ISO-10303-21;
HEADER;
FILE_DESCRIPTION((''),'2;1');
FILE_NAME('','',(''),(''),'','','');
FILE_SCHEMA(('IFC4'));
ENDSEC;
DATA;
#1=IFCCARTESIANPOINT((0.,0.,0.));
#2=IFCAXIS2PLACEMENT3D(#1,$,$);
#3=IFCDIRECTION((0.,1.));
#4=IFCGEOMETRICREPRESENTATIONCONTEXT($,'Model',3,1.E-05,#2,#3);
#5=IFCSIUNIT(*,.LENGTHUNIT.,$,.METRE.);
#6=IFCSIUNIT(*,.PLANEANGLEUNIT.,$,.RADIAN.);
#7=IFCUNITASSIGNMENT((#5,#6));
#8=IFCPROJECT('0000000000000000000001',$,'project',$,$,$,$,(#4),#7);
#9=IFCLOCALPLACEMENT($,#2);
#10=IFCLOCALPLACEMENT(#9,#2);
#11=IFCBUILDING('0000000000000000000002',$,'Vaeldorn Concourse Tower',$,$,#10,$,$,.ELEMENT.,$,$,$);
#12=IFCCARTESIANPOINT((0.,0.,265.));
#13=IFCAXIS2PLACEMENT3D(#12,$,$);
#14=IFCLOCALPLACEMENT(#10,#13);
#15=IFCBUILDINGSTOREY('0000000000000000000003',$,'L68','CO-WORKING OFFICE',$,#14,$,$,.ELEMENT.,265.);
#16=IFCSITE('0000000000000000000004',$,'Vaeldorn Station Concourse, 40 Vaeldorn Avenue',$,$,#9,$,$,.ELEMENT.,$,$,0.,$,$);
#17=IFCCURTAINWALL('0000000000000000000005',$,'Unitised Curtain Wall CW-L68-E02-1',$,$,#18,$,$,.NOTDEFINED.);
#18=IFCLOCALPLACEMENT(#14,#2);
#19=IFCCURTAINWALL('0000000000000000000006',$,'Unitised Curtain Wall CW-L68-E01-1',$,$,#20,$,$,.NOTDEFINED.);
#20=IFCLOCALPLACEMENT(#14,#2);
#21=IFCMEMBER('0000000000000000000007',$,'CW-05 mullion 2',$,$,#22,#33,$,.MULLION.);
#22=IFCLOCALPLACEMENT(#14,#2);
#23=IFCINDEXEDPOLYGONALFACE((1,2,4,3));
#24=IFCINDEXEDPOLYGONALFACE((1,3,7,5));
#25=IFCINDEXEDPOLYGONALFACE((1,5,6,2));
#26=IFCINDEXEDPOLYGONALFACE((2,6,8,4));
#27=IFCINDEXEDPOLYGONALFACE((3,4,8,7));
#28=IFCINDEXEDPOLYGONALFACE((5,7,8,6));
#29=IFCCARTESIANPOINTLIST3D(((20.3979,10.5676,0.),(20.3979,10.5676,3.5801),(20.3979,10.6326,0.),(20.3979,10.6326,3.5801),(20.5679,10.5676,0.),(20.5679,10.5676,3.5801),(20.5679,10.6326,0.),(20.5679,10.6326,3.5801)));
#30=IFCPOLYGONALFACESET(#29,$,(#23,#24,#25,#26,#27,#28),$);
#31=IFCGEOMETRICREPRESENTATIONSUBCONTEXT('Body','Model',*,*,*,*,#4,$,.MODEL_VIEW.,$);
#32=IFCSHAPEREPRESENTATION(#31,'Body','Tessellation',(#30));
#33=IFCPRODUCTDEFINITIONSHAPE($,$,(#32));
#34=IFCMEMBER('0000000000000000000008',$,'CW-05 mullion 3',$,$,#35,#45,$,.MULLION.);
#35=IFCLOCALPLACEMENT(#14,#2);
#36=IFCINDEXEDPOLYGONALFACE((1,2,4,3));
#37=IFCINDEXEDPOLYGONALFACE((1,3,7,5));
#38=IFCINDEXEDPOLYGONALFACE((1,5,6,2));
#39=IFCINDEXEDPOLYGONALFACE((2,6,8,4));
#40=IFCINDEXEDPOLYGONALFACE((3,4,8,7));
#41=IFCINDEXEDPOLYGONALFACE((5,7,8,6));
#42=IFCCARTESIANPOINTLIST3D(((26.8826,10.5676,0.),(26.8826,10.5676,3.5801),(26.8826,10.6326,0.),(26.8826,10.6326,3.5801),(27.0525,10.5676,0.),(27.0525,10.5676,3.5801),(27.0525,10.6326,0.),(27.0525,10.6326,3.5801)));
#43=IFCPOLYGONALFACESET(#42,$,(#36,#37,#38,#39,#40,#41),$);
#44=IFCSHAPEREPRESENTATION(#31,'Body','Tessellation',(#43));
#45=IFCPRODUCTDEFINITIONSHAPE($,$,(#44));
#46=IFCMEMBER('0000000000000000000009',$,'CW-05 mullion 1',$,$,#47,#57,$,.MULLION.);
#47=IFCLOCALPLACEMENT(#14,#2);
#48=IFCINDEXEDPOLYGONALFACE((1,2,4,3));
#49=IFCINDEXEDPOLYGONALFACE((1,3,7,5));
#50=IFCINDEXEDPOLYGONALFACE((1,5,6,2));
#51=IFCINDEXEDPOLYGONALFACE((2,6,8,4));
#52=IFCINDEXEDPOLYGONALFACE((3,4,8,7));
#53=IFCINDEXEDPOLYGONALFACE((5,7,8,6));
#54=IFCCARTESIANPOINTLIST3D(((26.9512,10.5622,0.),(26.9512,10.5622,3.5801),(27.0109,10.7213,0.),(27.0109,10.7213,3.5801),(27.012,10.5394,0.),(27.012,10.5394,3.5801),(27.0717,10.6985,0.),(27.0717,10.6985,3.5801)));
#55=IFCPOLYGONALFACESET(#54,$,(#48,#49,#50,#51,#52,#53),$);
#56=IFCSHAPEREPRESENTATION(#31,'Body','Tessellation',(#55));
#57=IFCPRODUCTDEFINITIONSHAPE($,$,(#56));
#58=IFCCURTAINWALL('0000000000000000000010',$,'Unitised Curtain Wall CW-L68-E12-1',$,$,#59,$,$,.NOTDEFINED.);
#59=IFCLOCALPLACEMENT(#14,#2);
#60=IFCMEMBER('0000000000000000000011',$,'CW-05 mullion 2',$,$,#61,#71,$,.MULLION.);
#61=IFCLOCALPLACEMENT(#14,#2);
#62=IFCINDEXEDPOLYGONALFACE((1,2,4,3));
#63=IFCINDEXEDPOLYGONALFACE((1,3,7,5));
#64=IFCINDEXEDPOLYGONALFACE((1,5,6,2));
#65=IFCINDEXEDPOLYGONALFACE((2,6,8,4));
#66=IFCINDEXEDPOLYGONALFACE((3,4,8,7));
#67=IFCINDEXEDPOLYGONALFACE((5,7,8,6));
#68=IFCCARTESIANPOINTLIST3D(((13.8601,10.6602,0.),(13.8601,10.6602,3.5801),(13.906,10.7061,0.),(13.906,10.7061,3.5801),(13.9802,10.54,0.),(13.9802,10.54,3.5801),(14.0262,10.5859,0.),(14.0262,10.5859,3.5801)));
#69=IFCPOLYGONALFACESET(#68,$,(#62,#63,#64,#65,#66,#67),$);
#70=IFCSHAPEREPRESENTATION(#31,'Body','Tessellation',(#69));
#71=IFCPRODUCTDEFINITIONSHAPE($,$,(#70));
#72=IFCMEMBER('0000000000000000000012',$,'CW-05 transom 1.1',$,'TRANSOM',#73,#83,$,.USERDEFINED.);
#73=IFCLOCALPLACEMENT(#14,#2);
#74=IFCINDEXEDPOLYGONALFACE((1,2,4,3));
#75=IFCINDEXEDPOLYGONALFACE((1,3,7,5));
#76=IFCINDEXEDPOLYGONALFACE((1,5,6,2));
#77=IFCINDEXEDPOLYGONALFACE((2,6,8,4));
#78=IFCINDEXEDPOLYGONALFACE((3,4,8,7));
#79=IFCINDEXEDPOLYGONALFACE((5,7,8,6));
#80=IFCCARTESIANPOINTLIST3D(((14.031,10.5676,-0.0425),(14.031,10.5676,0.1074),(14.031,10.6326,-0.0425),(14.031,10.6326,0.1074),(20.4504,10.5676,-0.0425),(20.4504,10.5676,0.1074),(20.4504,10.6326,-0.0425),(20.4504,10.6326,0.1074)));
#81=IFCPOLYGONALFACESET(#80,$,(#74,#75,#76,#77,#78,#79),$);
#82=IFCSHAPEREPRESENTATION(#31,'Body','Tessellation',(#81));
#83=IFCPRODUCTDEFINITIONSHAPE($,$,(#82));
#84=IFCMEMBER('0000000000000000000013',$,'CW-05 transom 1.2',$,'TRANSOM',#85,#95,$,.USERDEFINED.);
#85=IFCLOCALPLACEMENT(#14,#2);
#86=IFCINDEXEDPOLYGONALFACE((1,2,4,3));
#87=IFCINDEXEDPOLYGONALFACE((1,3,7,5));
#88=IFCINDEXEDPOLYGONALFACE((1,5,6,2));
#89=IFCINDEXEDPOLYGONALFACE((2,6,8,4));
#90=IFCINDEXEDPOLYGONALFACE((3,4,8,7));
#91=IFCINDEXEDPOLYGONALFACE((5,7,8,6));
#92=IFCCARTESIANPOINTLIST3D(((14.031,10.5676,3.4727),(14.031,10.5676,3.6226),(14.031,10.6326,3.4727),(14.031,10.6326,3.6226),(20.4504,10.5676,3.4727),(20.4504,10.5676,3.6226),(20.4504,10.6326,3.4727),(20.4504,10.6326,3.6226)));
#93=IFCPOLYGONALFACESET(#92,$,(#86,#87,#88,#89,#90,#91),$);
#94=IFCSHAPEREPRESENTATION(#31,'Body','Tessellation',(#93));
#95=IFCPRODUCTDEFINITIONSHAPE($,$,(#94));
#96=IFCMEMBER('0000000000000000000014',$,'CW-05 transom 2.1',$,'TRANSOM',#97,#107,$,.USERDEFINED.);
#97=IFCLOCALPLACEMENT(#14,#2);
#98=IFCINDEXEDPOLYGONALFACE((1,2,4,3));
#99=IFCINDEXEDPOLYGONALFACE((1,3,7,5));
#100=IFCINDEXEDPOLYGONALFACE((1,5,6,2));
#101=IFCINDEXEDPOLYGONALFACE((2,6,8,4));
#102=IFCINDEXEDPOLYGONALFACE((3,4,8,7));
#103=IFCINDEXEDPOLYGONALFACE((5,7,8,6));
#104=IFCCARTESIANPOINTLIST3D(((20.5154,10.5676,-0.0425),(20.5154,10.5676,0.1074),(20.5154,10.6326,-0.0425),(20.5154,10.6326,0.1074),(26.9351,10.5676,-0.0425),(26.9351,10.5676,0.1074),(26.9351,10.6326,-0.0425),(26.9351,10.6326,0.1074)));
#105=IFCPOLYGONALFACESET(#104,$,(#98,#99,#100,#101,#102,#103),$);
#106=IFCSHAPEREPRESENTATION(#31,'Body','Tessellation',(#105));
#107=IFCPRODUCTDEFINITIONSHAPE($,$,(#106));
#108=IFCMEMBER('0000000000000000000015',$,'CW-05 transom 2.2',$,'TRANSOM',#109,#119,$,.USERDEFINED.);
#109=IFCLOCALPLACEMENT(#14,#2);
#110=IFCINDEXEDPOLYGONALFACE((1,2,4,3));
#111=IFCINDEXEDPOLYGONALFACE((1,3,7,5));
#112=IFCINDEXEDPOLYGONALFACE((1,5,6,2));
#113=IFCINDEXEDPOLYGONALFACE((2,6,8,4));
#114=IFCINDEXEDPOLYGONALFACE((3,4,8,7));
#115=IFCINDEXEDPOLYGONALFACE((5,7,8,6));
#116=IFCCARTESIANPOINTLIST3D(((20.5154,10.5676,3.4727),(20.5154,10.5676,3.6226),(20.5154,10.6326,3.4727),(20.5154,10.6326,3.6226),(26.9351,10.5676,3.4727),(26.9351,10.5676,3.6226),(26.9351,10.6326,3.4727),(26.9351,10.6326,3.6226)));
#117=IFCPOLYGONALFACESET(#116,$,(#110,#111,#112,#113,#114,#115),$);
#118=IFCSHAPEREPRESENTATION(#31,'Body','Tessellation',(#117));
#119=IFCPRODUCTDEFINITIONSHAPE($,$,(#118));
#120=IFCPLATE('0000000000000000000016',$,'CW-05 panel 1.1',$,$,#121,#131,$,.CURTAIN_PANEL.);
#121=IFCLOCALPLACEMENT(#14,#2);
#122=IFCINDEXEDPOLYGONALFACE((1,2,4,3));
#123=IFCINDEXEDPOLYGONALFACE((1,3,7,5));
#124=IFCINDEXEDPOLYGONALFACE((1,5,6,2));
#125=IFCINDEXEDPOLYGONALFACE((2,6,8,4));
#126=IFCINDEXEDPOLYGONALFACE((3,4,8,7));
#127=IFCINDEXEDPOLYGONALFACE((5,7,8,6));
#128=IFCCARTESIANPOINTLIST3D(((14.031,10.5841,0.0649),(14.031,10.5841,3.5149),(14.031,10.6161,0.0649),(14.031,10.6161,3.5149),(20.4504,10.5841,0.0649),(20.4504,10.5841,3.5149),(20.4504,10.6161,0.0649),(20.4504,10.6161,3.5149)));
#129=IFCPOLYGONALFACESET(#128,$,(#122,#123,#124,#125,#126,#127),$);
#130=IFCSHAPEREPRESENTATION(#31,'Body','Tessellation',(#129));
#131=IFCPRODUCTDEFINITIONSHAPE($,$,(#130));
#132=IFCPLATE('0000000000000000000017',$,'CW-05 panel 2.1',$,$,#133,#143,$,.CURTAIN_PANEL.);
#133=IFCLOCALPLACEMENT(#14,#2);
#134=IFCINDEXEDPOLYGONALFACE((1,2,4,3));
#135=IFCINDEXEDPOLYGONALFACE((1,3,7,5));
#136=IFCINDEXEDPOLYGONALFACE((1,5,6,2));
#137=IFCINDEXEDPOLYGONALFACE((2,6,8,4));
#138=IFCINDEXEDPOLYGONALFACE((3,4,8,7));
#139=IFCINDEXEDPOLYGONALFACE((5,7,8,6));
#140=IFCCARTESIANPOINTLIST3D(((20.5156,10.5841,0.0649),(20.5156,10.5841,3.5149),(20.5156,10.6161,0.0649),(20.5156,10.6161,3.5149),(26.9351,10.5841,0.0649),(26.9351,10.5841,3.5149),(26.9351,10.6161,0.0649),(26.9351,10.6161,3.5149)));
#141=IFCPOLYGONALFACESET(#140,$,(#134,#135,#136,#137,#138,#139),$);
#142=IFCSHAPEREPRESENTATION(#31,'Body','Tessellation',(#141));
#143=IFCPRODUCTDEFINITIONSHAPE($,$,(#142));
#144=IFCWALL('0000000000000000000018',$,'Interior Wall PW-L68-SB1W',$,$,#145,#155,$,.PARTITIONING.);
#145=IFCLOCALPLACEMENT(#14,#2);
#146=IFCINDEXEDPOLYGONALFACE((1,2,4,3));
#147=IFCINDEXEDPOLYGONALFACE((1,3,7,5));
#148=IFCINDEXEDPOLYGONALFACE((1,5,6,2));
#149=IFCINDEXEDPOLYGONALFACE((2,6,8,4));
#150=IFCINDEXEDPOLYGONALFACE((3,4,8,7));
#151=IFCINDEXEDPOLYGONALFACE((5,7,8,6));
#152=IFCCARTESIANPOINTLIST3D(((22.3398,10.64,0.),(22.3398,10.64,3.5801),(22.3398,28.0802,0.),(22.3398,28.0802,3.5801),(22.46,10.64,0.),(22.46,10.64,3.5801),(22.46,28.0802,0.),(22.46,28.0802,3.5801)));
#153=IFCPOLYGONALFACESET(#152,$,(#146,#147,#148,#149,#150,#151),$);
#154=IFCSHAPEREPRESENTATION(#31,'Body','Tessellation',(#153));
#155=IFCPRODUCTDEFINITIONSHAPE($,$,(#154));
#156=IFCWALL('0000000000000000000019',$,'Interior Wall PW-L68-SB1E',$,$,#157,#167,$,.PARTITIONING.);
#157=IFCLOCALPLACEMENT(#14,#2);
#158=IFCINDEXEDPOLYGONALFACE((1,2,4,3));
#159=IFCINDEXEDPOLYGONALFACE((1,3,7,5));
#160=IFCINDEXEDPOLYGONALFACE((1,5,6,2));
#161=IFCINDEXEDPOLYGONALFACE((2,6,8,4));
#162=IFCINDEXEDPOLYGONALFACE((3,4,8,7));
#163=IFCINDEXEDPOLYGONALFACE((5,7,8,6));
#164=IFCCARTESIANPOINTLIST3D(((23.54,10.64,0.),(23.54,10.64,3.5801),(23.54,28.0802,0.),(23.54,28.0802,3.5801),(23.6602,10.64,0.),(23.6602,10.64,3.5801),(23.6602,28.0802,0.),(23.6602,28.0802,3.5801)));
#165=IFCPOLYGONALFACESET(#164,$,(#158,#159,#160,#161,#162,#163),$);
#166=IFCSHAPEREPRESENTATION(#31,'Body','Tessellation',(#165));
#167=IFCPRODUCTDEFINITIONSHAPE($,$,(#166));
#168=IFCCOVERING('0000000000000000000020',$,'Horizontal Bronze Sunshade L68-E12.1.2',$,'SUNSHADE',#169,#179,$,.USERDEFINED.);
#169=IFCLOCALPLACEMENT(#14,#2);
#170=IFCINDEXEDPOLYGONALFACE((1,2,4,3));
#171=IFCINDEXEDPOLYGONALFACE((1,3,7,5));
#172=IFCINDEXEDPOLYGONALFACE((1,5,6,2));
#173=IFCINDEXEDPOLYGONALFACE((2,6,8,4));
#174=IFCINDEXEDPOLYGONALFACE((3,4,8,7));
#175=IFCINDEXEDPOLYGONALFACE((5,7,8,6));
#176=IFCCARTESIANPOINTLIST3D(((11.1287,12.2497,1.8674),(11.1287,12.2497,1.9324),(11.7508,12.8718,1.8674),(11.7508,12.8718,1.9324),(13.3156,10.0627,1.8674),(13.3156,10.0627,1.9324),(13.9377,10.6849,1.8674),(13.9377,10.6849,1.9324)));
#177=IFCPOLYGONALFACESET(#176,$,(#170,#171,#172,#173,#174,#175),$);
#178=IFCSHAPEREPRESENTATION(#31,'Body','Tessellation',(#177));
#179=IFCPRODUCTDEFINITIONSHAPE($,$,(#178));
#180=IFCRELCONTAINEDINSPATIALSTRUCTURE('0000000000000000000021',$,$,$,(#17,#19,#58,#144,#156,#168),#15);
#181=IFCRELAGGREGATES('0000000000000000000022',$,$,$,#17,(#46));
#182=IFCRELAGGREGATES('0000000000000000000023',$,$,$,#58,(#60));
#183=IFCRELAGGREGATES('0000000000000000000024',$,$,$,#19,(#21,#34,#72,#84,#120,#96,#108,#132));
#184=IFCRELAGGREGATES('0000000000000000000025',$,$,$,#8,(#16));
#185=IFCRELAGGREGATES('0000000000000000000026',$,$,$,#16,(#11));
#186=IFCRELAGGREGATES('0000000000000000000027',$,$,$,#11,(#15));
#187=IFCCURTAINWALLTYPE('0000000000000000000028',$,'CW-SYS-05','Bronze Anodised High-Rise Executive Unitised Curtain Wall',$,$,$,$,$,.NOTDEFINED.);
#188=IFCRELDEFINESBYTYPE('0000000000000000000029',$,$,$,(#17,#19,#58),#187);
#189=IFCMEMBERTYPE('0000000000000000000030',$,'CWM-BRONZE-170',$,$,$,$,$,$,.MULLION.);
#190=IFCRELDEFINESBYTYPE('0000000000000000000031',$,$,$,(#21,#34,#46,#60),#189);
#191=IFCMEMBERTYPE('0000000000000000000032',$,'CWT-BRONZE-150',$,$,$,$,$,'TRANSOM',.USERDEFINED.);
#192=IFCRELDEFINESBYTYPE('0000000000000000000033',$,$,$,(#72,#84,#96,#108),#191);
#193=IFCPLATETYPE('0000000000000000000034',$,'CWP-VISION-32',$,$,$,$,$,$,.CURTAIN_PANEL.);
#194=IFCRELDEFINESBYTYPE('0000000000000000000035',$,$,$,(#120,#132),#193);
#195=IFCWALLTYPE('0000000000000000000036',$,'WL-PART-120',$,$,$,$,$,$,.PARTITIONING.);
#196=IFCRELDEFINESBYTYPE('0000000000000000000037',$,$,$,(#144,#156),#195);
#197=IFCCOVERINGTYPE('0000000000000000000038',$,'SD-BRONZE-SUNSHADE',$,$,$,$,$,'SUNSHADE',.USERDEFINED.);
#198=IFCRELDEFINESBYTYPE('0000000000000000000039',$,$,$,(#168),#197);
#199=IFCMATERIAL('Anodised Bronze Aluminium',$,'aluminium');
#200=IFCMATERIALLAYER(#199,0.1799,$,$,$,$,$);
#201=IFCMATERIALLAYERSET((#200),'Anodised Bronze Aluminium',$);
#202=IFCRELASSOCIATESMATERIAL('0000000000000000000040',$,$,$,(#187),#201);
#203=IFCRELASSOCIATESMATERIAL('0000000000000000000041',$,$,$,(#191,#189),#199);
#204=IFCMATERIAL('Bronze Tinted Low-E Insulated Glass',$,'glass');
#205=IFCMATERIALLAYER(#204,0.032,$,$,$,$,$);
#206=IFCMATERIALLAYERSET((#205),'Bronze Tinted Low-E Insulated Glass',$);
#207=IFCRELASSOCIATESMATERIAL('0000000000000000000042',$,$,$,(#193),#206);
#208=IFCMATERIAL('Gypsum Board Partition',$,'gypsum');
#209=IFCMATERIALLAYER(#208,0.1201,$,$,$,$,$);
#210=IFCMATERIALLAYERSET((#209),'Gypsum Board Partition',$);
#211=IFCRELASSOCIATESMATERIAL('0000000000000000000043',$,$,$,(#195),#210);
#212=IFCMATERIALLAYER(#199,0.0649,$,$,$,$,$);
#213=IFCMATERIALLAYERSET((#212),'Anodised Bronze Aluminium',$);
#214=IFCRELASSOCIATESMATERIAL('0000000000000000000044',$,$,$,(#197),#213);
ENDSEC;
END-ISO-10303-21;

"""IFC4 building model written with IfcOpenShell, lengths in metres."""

from ifc_helpers import new_model, si_unit, direction, frame, frame_2d, origin, origin_2d, place, context, subcontext, project, spatial, rectangle, extrude, source, transform, mapped, material, layer, layer_set, material_profile, profile_set, type_object, element, aggregate, save


model = new_model("IFC4")

# Units and contexts
model_context = context("Model", 3, precision=1e-05, world=origin(), true_north=direction((0.0, 1.0)))
body_context = subcontext(model_context, "Body", "Model", "MODEL_VIEW")
ifc_project = project(units=[si_unit("LENGTHUNIT", "METRE"), si_unit("PLANEANGLEUNIT", "RADIAN")], contexts=[model_context])

# Site, building, storey
site_placement = place(None, origin())
site = spatial("IfcSite", under=ifc_project, at=site_placement, Name="Vaeldorn Station Concourse, 40 Vaeldorn Avenue", CompositionType="ELEMENT", RefElevation=0.0)
building_placement = place(site_placement, origin())
building = spatial("IfcBuilding", under=site, at=building_placement, Name="Vaeldorn Concourse Tower", CompositionType="ELEMENT")
storey_placement = place(building_placement, frame((0.0, 0.0, 265.0)))
storey = spatial("IfcBuildingStorey", under=building, at=storey_placement, Name="L68", Description="CO-WORKING OFFICE", CompositionType="ELEMENT", Elevation=265.0)

# Curtain walls, members
ifc_material_1 = material(Name="Anodised Bronze Aluminium", Category="aluminium")
ifc_layer_1 = layer(ifc_material_1, 0.1799)
ifc_layer_set_1 = layer_set([ifc_layer_1], Name="Anodised Bronze Aluminium")
curtain_wall_type = type_object("IfcCurtainWallType", Name="CW-SYS-05", Description="Bronze Anodised High-Rise Executive Unitised Curtain Wall", PredefinedType="NOTDEFINED", material=ifc_layer_set_1)
curtain_wall_1_placement = place(storey_placement, origin())
curtain_wall_1 = element("IfcCurtainWall", 1, at=curtain_wall_1_placement, inside=storey, type_object=curtain_wall_type, Name="Unitised Curtain Wall CW-L68-E02-1", PredefinedType="NOTDEFINED")
ifc_material_profile_1 = material_profile(ifc_material_1, rectangle(XDim=0.0649, YDim=0.1499, at=origin_2d()), Name="CWT 65x150")
ifc_profile_set_1 = profile_set([ifc_material_profile_1], Name="Anodised Bronze Aluminium")
member_type_1 = type_object("IfcMemberType", Name="CWT-BRONZE-150", ElementType="TRANSOM", PredefinedType="USERDEFINED", material=ifc_profile_set_1)
curtain_wall_2_placement = place(storey_placement, origin())
curtain_wall_2 = element("IfcCurtainWall", 2, at=curtain_wall_2_placement, inside=storey, type_object=curtain_wall_type, Name="Unitised Curtain Wall CW-L68-E01-1", PredefinedType="NOTDEFINED")
ifc_material_profile_2 = material_profile(ifc_material_1, rectangle(XDim=0.0649, YDim=0.1699, at=origin_2d()), Name="CWM 65x170")
ifc_profile_set_2 = profile_set([ifc_material_profile_2], Name="Anodised Bronze Aluminium")
member_type_2 = type_object("IfcMemberType", Name="CWM-BRONZE-170", PredefinedType="MULLION", material=ifc_profile_set_2)
shared_shape_1 = source(origin(), body_context, "Body", "SweptSolid", [
    extrude(rectangle(XDim=0.0649, YDim=0.1699, at=origin_2d()), origin(), (0.0, 0.0, 1.0), 3.5801),
])
member_1_placement = place(storey_placement, frame((20.4829, 10.6001, 0.0), z_axis=(0.0, 0.0, 1.0), x_axis=(0.0, 1.0, 0.0)))
member_1 = element("IfcMember", 3, at=member_1_placement, type_object=member_type_2, Name="CW-05 mullion 2", PredefinedType="MULLION", context=body_context, shape_type="MappedRepresentation", body=[
    mapped(shared_shape_1, transform((0.0, 0.0, 0.0), scale=1.0)),
])
member_2_placement = place(storey_placement, frame((26.9675, 10.6001, 0.0), z_axis=(0.0, 0.0, 1.0), x_axis=(0.0, 1.0, 0.0)))
member_2 = element("IfcMember", 4, at=member_2_placement, type_object=member_type_2, Name="CW-05 mullion 3", PredefinedType="MULLION", context=body_context, shape_type="MappedRepresentation", body=[
    mapped(shared_shape_1, transform((0.0, 0.0, 0.0), scale=1.0)),
])

# Member
member_3_placement = place(storey_placement, frame((27.0115, 10.6304, 0.0), z_axis=(0.0, 0.0, 1.0), x_axis=(-0.936329, 0.351123, 0.0)))
member_3 = element("IfcMember", 5, at=member_3_placement, type_object=member_type_2, Name="CW-05 mullion 1", PredefinedType="MULLION", context=body_context, shape_type="MappedRepresentation", body=[
    mapped(shared_shape_1, transform((0.0, 0.0, 0.0), scale=1.0)),
])
aggregate(curtain_wall_1, [member_3])

# Curtain wall, member
curtain_wall_3_placement = place(storey_placement, origin())
curtain_wall_3 = element("IfcCurtainWall", 6, at=curtain_wall_3_placement, inside=storey, type_object=curtain_wall_type, Name="Unitised Curtain Wall CW-L68-E12-1", PredefinedType="NOTDEFINED")
member_4_placement = place(storey_placement, frame((13.9431, 10.623, 0.0), z_axis=(0.0, 0.0, 1.0), x_axis=(0.707107, 0.707107, 0.0)))
member_4 = element("IfcMember", 7, at=member_4_placement, type_object=member_type_2, Name="CW-05 mullion 2", PredefinedType="MULLION", context=body_context, shape_type="MappedRepresentation", body=[
    mapped(shared_shape_1, transform((0.0, 0.0, 0.0), scale=1.0)),
])
aggregate(curtain_wall_3, [member_4])

# Members
shared_shape_2 = source(origin(), body_context, "Body", "SweptSolid", [
    extrude(rectangle(XDim=0.0649, YDim=0.1499, at=origin_2d()), origin(), (0.0, 0.0, 1.0), 6.4194),
])
member_5_placement = place(storey_placement, frame((14.031, 10.6001, 0.0325), z_axis=(1.0, 0.0, 0.0), x_axis=(0.0, 1.0, 0.0)))
member_5 = element("IfcMember", 8, at=member_5_placement, type_object=member_type_1, Name="CW-05 transom 1.1", ObjectType="TRANSOM", PredefinedType="USERDEFINED", context=body_context, shape_type="MappedRepresentation", body=[
    mapped(shared_shape_2, transform((0.0, 0.0, 0.0), scale=1.0)),
])
member_6_placement = place(storey_placement, frame((14.031, 10.6001, 3.5476), z_axis=(1.0, 0.0, 0.0), x_axis=(0.0, 1.0, 0.0)))
member_6 = element("IfcMember", 9, at=member_6_placement, type_object=member_type_1, Name="CW-05 transom 1.2", ObjectType="TRANSOM", PredefinedType="USERDEFINED", context=body_context, shape_type="MappedRepresentation", body=[
    mapped(shared_shape_2, transform((0.0, 0.0, 0.0), scale=1.0)),
])
shared_shape_3 = source(origin(), body_context, "Body", "SweptSolid", [
    extrude(rectangle(XDim=0.0649, YDim=0.1499, at=origin_2d()), origin(), (0.0, 0.0, 1.0), 6.4197),
])
member_7_placement = place(storey_placement, frame((20.5154, 10.6001, 0.0325), z_axis=(1.0, 0.0, 0.0), x_axis=(0.0, 1.0, 0.0)))
member_7 = element("IfcMember", 10, at=member_7_placement, type_object=member_type_1, Name="CW-05 transom 2.1", ObjectType="TRANSOM", PredefinedType="USERDEFINED", context=body_context, shape_type="MappedRepresentation", body=[
    mapped(shared_shape_3, transform((0.0, 0.0, 0.0), scale=1.0)),
])
member_8_placement = place(storey_placement, frame((20.5154, 10.6001, 3.5476), z_axis=(1.0, 0.0, 0.0), x_axis=(0.0, 1.0, 0.0)))
member_8 = element("IfcMember", 11, at=member_8_placement, type_object=member_type_1, Name="CW-05 transom 2.2", ObjectType="TRANSOM", PredefinedType="USERDEFINED", context=body_context, shape_type="MappedRepresentation", body=[
    mapped(shared_shape_3, transform((0.0, 0.0, 0.0), scale=1.0)),
])

# Plates
ifc_material_2 = material(Name="Bronze Tinted Low-E Insulated Glass", Category="glass")
ifc_layer_2 = layer(ifc_material_2, 0.032)
ifc_layer_set_2 = layer_set([ifc_layer_2], Name="Bronze Tinted Low-E Insulated Glass")
plate_type = type_object("IfcPlateType", Name="CWP-VISION-32", PredefinedType="CURTAIN_PANEL", material=ifc_layer_set_2)
shared_shape_4 = source(origin(), body_context, "Body", "SweptSolid", [
    extrude(rectangle(XDim=6.4194, YDim=0.032, at=origin_2d()), origin(), (0.0, 0.0, 1.0), 3.45),
])
plate_1_placement = place(storey_placement, frame((17.2407, 10.6001, 0.0649), z_axis=(0.0, 0.0, 1.0), x_axis=(1.0, 0.0, 0.0)))
plate_1 = element("IfcPlate", 12, at=plate_1_placement, type_object=plate_type, Name="CW-05 panel 1.1", PredefinedType="CURTAIN_PANEL", context=body_context, shape_type="MappedRepresentation", body=[
    mapped(shared_shape_4, transform((0.0, 0.0, 0.0), scale=1.0)),
])
plate_2_placement = place(storey_placement, frame((23.7253, 10.6001, 0.0649), z_axis=(0.0, 0.0, 1.0), x_axis=(1.0, 0.0, 0.0)))
plate_2 = element("IfcPlate", 13, at=plate_2_placement, type_object=plate_type, Name="CW-05 panel 2.1", PredefinedType="CURTAIN_PANEL", context=body_context, shape_type="MappedRepresentation", body=[
    mapped(shared_shape_4, transform((0.0, 0.0, 0.0), scale=1.0)),
])
aggregate(curtain_wall_2, [member_1, member_2, member_5, member_6, plate_1, member_7, member_8, plate_2])

# Walls
ifc_material_3 = material(Name="Gypsum Board Partition", Category="gypsum")
ifc_layer_3 = layer(ifc_material_3, 0.1201)
ifc_layer_set_3 = layer_set([ifc_layer_3], Name="Gypsum Board Partition")
wall_type = type_object("IfcWallType", Name="WL-PART-120", PredefinedType="PARTITIONING", material=ifc_layer_set_3)
for number, where, z_axis, x_axis, name in (
    (14, (22.3999, 10.6399, 0.0), (0.0, 0.0, 1.0), (0.0, 1.0, 0.0), "Interior Wall PW-L68-SB1W"),
    (15, (23.6001, 10.6399, 0.0), (0.0, 0.0, 1.0), (0.0, 1.0, 0.0), "Interior Wall PW-L68-SB1E"),
):
    element("IfcWall", number, at=place(storey_placement, frame(where, z_axis=z_axis, x_axis=x_axis)), inside=storey, type_object=wall_type, Name=name, PredefinedType="PARTITIONING", context=body_context, shape_type="SweptSolid", body=[
        extrude(rectangle(XDim=17.4402, YDim=0.1201, at=frame_2d((8.7202, 0.0))), origin(), (0.0, 0.0, 1.0), 3.5801),
    ])

# Covering
ifc_layer_4 = layer(ifc_material_1, 0.0649)
ifc_layer_set_4 = layer_set([ifc_layer_4], Name="Anodised Bronze Aluminium")
covering_type = type_object("IfcCoveringType", Name="SD-BRONZE-SUNSHADE", ElementType="SUNSHADE", PredefinedType="USERDEFINED", material=ifc_layer_set_4)
shared_shape_5 = source(origin(), body_context, "Body", "SweptSolid", [
    extrude(rectangle(XDim=3.0928, YDim=0.8799, at=origin_2d()), origin(), (0.0, 0.0, 1.0), 0.0649),
])
covering_placement = place(storey_placement, frame((12.5332, 11.4673, 1.8674), z_axis=(0.0, 0.0, 1.0), x_axis=(0.707107, -0.707107, 0.0)))
element("IfcCovering", 16, at=covering_placement, inside=storey, type_object=covering_type, Name="Horizontal Bronze Sunshade L68-E12.1.2", ObjectType="SUNSHADE", PredefinedType="USERDEFINED", context=body_context, shape_type="MappedRepresentation", body=[
    mapped(shared_shape_5, transform((0.0, 0.0, 0.0), scale=1.0)),
])

save(model, "model.ifc")
